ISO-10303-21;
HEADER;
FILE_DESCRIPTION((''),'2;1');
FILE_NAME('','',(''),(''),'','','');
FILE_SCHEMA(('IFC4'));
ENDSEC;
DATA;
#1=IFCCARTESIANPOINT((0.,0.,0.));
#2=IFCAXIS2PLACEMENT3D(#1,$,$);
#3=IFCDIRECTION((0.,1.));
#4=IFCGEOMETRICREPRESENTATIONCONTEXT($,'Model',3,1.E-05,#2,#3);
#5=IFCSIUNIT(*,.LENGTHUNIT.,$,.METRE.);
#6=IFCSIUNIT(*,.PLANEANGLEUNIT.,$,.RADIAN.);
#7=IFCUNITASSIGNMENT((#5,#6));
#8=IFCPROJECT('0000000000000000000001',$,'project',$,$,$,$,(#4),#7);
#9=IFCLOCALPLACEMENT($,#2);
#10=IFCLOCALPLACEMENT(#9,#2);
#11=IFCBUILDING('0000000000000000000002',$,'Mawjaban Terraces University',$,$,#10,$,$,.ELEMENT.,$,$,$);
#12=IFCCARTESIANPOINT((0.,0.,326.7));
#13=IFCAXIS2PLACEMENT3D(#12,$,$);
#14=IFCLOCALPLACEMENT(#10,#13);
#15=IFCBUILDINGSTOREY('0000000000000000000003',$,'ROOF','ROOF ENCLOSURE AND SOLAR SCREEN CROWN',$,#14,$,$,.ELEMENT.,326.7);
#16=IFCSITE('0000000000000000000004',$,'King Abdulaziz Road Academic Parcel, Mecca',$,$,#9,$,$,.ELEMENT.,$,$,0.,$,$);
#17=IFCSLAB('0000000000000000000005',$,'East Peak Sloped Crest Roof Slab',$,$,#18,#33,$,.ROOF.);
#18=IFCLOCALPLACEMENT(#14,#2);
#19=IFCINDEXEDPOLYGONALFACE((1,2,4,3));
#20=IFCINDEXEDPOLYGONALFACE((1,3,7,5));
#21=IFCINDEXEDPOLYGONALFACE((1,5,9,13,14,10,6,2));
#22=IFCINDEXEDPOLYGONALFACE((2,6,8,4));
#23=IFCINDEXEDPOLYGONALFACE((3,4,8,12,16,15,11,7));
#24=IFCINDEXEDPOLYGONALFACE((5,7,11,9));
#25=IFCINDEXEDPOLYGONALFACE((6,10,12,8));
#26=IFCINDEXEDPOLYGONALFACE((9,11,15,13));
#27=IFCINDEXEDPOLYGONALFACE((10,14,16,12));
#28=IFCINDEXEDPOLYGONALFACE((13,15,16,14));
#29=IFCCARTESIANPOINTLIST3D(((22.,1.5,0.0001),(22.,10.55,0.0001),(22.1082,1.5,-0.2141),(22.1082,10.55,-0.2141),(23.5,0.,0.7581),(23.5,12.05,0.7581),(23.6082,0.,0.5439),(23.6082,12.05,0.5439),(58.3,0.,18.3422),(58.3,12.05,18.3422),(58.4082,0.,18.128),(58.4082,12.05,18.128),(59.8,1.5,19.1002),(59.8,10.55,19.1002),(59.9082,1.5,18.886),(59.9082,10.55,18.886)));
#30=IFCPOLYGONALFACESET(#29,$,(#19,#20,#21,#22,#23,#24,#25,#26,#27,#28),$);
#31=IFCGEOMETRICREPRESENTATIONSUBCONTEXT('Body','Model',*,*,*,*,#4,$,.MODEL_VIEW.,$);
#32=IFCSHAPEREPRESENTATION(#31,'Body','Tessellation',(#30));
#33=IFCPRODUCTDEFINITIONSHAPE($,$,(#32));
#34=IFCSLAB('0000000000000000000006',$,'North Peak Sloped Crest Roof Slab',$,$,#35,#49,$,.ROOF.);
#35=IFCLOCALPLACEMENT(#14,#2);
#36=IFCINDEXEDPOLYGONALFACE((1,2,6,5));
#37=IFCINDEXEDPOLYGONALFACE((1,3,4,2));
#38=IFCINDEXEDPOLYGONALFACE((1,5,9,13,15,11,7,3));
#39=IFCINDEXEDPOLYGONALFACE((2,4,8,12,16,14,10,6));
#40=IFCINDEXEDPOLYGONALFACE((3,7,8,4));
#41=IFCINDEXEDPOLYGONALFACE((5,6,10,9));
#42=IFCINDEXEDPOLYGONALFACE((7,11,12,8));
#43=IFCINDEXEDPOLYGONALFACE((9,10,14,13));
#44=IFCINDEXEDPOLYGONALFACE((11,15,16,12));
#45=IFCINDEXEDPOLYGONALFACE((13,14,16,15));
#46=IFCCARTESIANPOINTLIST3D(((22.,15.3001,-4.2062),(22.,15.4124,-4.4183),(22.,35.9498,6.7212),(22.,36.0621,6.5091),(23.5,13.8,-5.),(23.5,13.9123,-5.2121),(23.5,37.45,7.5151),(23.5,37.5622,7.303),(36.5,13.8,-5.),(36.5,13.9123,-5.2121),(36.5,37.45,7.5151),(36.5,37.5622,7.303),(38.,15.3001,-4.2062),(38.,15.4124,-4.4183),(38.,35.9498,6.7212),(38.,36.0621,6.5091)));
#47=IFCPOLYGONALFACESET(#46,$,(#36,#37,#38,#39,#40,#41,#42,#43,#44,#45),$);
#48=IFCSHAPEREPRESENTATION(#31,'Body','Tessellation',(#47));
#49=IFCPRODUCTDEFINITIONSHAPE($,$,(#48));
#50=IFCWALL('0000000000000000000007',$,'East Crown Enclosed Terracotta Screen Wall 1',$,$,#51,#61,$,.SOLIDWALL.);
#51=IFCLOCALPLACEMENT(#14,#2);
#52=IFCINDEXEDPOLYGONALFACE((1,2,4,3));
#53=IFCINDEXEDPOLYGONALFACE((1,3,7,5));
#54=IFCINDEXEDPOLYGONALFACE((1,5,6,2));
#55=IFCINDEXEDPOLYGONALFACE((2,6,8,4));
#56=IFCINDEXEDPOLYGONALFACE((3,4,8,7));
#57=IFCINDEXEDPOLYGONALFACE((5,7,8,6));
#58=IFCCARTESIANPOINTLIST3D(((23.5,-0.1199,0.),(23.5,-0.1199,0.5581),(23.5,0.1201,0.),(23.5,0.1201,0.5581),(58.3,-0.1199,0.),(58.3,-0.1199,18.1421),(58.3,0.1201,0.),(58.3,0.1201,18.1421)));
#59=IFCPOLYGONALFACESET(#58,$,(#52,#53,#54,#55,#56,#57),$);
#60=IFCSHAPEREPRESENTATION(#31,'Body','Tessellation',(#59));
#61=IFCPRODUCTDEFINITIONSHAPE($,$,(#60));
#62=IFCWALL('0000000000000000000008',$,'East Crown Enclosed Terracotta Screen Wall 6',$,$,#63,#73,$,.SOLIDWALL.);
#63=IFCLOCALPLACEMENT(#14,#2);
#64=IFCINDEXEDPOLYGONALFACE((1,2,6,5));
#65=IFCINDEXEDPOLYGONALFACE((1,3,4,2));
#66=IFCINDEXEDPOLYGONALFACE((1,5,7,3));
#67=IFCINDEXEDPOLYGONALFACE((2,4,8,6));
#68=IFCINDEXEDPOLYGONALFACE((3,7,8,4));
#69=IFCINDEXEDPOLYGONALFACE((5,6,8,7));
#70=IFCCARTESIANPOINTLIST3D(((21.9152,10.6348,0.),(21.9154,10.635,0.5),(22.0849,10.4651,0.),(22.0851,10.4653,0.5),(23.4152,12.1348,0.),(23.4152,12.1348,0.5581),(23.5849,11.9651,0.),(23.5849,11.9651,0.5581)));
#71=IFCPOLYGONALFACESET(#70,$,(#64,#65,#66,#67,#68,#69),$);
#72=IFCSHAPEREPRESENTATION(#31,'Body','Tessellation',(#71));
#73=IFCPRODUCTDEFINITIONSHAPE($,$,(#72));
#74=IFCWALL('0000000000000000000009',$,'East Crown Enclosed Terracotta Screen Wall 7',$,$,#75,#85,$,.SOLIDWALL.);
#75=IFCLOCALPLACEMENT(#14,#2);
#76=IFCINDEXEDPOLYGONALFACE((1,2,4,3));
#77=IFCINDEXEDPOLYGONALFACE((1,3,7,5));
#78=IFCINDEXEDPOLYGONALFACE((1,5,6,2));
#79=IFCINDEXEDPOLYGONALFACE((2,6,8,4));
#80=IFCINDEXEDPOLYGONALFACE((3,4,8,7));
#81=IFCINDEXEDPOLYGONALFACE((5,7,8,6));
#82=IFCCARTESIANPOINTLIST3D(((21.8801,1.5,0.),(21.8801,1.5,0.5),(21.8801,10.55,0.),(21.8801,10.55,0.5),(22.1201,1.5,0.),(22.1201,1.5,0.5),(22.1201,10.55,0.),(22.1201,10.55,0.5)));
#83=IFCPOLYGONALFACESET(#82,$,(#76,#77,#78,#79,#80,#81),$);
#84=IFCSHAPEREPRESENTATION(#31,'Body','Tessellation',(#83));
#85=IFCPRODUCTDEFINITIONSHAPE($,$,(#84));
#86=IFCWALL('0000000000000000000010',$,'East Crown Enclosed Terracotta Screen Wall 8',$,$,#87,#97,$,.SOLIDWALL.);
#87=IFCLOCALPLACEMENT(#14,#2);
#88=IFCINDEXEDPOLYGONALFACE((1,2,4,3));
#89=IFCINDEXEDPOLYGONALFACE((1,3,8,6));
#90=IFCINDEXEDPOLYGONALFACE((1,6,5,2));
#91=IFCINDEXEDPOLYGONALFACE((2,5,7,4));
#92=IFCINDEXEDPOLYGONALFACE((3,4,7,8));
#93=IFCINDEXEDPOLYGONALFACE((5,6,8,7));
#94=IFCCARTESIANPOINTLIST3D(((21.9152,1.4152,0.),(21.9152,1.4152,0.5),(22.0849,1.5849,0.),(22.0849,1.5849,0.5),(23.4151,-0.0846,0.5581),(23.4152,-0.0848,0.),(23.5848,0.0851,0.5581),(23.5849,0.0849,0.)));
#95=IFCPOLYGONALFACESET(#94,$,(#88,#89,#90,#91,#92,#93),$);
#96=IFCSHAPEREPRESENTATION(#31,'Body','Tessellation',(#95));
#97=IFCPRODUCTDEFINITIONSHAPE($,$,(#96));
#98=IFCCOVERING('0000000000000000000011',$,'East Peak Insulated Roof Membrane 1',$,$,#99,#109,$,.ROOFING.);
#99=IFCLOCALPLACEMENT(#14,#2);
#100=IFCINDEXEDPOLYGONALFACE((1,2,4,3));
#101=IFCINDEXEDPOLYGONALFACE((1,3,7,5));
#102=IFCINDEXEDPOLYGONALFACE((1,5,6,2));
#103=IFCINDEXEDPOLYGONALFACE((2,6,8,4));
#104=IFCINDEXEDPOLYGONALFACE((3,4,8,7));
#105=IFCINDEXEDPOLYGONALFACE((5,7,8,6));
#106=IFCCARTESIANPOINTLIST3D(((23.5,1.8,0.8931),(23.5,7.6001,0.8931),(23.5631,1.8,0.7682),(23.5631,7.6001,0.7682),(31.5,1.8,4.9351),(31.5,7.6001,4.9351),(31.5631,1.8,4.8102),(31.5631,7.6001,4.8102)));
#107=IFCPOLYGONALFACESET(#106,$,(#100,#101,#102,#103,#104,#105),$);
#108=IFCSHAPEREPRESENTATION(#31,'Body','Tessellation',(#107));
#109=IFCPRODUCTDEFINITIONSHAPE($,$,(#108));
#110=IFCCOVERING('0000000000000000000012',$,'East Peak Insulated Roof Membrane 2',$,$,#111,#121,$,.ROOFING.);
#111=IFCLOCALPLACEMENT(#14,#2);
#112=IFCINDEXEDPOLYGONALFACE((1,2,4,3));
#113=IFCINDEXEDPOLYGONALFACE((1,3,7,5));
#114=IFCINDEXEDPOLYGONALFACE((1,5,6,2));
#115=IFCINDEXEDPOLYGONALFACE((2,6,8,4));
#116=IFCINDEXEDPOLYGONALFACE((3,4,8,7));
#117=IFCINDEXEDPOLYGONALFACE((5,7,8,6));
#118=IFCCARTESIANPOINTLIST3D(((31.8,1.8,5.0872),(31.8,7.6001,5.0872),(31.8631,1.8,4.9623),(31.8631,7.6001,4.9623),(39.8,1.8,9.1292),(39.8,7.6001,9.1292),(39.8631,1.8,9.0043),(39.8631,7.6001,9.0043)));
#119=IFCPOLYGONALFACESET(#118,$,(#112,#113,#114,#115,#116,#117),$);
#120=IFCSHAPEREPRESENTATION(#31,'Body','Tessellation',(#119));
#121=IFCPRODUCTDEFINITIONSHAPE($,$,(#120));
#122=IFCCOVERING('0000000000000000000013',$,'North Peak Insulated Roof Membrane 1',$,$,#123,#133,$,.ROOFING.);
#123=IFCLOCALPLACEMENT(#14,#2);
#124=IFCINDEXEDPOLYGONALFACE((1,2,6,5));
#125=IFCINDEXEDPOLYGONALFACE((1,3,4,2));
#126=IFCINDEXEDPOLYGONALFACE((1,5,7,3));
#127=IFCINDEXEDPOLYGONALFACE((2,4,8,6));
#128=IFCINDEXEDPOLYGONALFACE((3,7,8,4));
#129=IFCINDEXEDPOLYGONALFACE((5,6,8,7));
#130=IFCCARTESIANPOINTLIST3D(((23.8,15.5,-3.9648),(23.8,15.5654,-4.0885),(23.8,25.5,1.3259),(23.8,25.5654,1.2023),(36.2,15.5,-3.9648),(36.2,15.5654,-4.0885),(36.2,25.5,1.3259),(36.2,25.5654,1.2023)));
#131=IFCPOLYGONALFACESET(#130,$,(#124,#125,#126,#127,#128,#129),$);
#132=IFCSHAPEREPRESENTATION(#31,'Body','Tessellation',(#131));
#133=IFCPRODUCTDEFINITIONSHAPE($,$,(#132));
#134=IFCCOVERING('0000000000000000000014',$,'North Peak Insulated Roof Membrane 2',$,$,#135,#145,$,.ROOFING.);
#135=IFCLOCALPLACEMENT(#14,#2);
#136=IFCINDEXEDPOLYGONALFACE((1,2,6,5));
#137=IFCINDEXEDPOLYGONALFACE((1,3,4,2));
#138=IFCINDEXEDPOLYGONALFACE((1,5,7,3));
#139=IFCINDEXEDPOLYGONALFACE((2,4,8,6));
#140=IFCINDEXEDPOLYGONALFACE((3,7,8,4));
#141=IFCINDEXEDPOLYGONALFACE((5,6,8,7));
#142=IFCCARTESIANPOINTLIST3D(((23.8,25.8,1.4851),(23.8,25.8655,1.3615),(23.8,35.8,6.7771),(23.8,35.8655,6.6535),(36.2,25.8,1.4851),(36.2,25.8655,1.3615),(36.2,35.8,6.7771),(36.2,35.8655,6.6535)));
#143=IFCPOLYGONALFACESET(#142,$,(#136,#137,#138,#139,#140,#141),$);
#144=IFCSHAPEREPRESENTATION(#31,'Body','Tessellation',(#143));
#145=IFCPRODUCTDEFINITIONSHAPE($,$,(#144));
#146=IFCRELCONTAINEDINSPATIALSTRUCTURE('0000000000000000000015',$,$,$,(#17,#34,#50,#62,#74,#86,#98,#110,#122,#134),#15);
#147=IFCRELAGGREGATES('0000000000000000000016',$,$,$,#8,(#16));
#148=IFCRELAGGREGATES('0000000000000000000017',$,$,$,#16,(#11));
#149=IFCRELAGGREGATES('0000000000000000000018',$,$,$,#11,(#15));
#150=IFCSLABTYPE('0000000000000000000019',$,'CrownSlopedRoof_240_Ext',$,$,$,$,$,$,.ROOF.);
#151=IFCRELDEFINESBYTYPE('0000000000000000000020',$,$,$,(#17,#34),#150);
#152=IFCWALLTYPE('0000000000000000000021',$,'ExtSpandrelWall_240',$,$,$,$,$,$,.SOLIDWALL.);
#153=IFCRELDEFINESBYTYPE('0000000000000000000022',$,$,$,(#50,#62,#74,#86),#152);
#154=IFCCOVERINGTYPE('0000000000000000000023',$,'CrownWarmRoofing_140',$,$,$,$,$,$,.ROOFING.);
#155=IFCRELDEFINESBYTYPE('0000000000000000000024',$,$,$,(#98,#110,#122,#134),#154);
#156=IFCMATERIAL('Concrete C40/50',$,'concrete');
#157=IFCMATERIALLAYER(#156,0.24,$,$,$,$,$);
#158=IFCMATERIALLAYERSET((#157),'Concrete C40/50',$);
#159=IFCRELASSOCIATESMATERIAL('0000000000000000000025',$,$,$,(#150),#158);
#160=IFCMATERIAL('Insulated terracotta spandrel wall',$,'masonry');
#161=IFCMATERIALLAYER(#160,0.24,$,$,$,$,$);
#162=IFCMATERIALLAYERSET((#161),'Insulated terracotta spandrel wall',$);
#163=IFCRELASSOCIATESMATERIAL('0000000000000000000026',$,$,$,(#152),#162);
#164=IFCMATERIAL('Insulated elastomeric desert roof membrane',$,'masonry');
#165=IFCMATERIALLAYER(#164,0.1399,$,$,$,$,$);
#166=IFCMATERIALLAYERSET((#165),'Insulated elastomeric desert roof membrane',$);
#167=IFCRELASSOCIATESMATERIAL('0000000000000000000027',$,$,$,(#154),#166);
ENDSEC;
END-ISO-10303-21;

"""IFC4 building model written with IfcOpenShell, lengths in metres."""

from ifc_helpers import new_model, si_unit, direction, frame, origin, place, context, subcontext, project, spatial, polyline, outline, extrude, material, layer, layer_set, type_object, element, save


model = new_model("IFC4")

# Units and contexts
model_context = context("Model", 3, precision=1e-05, world=origin(), true_north=direction((0.0, 1.0)))
body_context = subcontext(model_context, "Body", "Model", "MODEL_VIEW")
ifc_project = project(units=[si_unit("LENGTHUNIT", "METRE"), si_unit("PLANEANGLEUNIT", "RADIAN")], contexts=[model_context])

# Site, building, storey
site_placement = place(None, origin())
site = spatial("IfcSite", under=ifc_project, at=site_placement, Name="King Abdulaziz Road Academic Parcel, Mecca", CompositionType="ELEMENT", RefElevation=0.0)
building_placement = place(site_placement, origin())
building = spatial("IfcBuilding", under=site, at=building_placement, Name="Mawjaban Terraces University", CompositionType="ELEMENT")
storey_placement = place(building_placement, frame((0.0, 0.0, 326.7)))
storey = spatial("IfcBuildingStorey", under=building, at=storey_placement, Name="ROOF", Description="ROOF ENCLOSURE AND SOLAR SCREEN CROWN", CompositionType="ELEMENT", Elevation=326.7)

# Slabs
ifc_material_1 = material(Name="Concrete C40/50", Category="concrete")
ifc_layer_1 = layer(ifc_material_1, 0.24)
ifc_layer_set_1 = layer_set([ifc_layer_1], Name="Concrete C40/50")
slab_type = type_object("IfcSlabType", Name="CrownSlopedRoof_240_Ext", PredefinedType="ROOF", material=ifc_layer_set_1)
slab_1_placement = place(storey_placement, frame((23.5, 0.0, 0.7581), z_axis=(-0.450988, 0.0, 0.89253), x_axis=(0.89253, 0.0, 0.450988)))
element("IfcSlab", 1, at=slab_1_placement, inside=storey, type_object=slab_type, Name="East Peak Sloped Crest Roof Slab", PredefinedType="ROOF", context=body_context, shape_type="SweptSolid", body=[
    extrude(outline(polyline([(0.0, 0.0), (38.9903, 0.0), (40.6709, 1.5), (40.6709, 10.55), (38.9903, 12.05), (0.0, 12.05), (-1.6807, 10.55), (-1.6807, 1.5), (0.0, 0.0)])), origin(), (0.0, 0.0, -1.0), 0.24),
])
slab_2_placement = place(storey_placement, frame((23.5, 13.8, -5.0), z_axis=(0.0, -0.467728, 0.883872), x_axis=(1.0, 0.0, 0.0)))
element("IfcSlab", 2, at=slab_2_placement, inside=storey, type_object=slab_type, Name="North Peak Sloped Crest Roof Slab", PredefinedType="ROOF", context=body_context, shape_type="SweptSolid", body=[
    extrude(outline(polyline([(0.0, 0.0), (13.0, 0.0), (14.5, 1.6972), (14.5, 25.0599), (13.0, 26.7572), (0.0, 26.7572), (-1.5, 25.0599), (-1.5, 1.6972), (0.0, 0.0)])), origin(), (0.0, 0.0, -1.0), 0.24),
])

# Walls
ifc_material_2 = material(Name="Insulated terracotta spandrel wall", Category="masonry")
ifc_layer_2 = layer(ifc_material_2, 0.24)
ifc_layer_set_2 = layer_set([ifc_layer_2], Name="Insulated terracotta spandrel wall")
wall_type = type_object("IfcWallType", Name="ExtSpandrelWall_240", PredefinedType="SOLIDWALL", material=ifc_layer_set_2)
wall_1_placement = place(storey_placement, frame((23.5, 0.0, 0.0), z_axis=(0.0, 0.0, 1.0), x_axis=(1.0, 0.0, 0.0)))
element("IfcWall", 3, at=wall_1_placement, inside=storey, type_object=wall_type, Name="East Crown Enclosed Terracotta Screen Wall 1", PredefinedType="SOLIDWALL", context=body_context, shape_type="SweptSolid", body=[
    extrude(outline(polyline([(0.0, 0.0), (34.8, 0.0), (34.8, 18.1421), (0.0, 0.5581), (0.0, 0.0)])), frame((0.0, 0.1201, 0.0), z_axis=(0.0, -1.0, 0.0), x_axis=(1.0, 0.0, 0.0)), (0.0, 0.0, 1.0), 0.24),
])
wall_2_placement = place(storey_placement, frame((23.5, 12.05, 0.0), z_axis=(0.0, 0.0, 1.0), x_axis=(-0.707107, -0.707107, 0.0)))
element("IfcWall", 4, at=wall_2_placement, inside=storey, type_object=wall_type, Name="East Crown Enclosed Terracotta Screen Wall 6", PredefinedType="SOLIDWALL", context=body_context, shape_type="SweptSolid", body=[
    extrude(outline(polyline([(0.0, 0.0), (2.1213, 0.0), (2.1211, 0.5), (0.0, 0.5581), (0.0, 0.0)])), frame((0.0, 0.1201, 0.0), z_axis=(0.0, -1.0, 0.0), x_axis=(1.0, 0.0, 0.0)), (0.0, 0.0, 1.0), 0.24),
])
wall_3_placement = place(storey_placement, frame((22.0, 10.55, 0.0), z_axis=(0.0, 0.0, 1.0), x_axis=(0.0, -1.0, 0.0)))
element("IfcWall", 5, at=wall_3_placement, inside=storey, type_object=wall_type, Name="East Crown Enclosed Terracotta Screen Wall 7", PredefinedType="SOLIDWALL", context=body_context, shape_type="SweptSolid", body=[
    extrude(outline(polyline([(0.0, 0.0), (9.05, 0.0), (9.05, 0.5), (0.0, 0.5), (0.0, 0.0)])), frame((0.0, 0.1201, 0.0), z_axis=(0.0, -1.0, 0.0), x_axis=(1.0, 0.0, 0.0)), (0.0, 0.0, 1.0), 0.24),
])
wall_4_placement = place(storey_placement, frame((22.0, 1.5, 0.0), z_axis=(0.0, 0.0, 1.0), x_axis=(0.707107, -0.707107, 0.0)))
element("IfcWall", 6, at=wall_4_placement, inside=storey, type_object=wall_type, Name="East Crown Enclosed Terracotta Screen Wall 8", PredefinedType="SOLIDWALL", context=body_context, shape_type="SweptSolid", body=[
    extrude(outline(polyline([(0.0, 0.0), (2.1213, 0.0), (2.1211, 0.5581), (0.0, 0.5), (0.0, 0.0)])), frame((0.0, 0.1201, 0.0), z_axis=(0.0, -1.0, 0.0), x_axis=(1.0, 0.0, 0.0)), (0.0, 0.0, 1.0), 0.24),
])

# Coverings
ifc_material_3 = material(Name="Insulated elastomeric desert roof membrane", Category="masonry")
ifc_layer_3 = layer(ifc_material_3, 0.1399)
ifc_layer_set_3 = layer_set([ifc_layer_3], Name="Insulated elastomeric desert roof membrane")
covering_type = type_object("IfcCoveringType", Name="CrownWarmRoofing_140", PredefinedType="ROOFING", material=ifc_layer_set_3)
for number, where, z_axis, x_axis, name in (
    (7, (23.5, 1.8, 0.8931), (-0.450958, 0.0, 0.892545), (0.892545, 0.0, 0.450958), "East Peak Insulated Roof Membrane 1"),
    (8, (31.8, 1.8, 5.0872), (-0.450958, 0.0, 0.892545), (0.892545, 0.0, 0.450958), "East Peak Insulated Roof Membrane 2"),
):
    element("IfcCovering", number, at=place(storey_placement, frame(where, z_axis=z_axis, x_axis=x_axis)), inside=storey, type_object=covering_type, Name=name, PredefinedType="ROOFING", context=body_context, shape_type="SweptSolid", body=[
        extrude(outline(polyline([(0.0, 0.0), (8.9631, 0.0), (8.9631, 5.8), (0.0, 5.8), (0.0, 0.0)])), origin(), (0.0, 0.0, -1.0), 0.1399),
    ])
covering_1_placement = place(storey_placement, frame((23.8, 15.5, -3.9648), z_axis=(0.0, -0.467657, 0.88391), x_axis=(1.0, 0.0, 0.0)))
element("IfcCovering", 9, at=covering_1_placement, inside=storey, type_object=covering_type, Name="North Peak Insulated Roof Membrane 1", PredefinedType="ROOFING", context=body_context, shape_type="SweptSolid", body=[
    extrude(outline(polyline([(0.0, 0.0), (12.3999, 0.0), (12.3999, 11.3134), (0.0, 11.3134), (0.0, 0.0)])), origin(), (0.0, 0.0, -1.0), 0.1399),
])
covering_2_placement = place(storey_placement, frame((23.8, 25.8, 1.4851), z_axis=(0.0, -0.467741, 0.883866), x_axis=(1.0, 0.0, 0.0)))
element("IfcCovering", 10, at=covering_2_placement, inside=storey, type_object=covering_type, Name="North Peak Insulated Roof Membrane 2", PredefinedType="ROOFING", context=body_context, shape_type="SweptSolid", body=[
    extrude(outline(polyline([(0.0, 0.0), (12.3999, 0.0), (12.3999, 11.3139), (0.0, 11.3139), (0.0, 0.0)])), origin(), (0.0, 0.0, -1.0), 0.1399),
])

save(model, "model.ifc")
